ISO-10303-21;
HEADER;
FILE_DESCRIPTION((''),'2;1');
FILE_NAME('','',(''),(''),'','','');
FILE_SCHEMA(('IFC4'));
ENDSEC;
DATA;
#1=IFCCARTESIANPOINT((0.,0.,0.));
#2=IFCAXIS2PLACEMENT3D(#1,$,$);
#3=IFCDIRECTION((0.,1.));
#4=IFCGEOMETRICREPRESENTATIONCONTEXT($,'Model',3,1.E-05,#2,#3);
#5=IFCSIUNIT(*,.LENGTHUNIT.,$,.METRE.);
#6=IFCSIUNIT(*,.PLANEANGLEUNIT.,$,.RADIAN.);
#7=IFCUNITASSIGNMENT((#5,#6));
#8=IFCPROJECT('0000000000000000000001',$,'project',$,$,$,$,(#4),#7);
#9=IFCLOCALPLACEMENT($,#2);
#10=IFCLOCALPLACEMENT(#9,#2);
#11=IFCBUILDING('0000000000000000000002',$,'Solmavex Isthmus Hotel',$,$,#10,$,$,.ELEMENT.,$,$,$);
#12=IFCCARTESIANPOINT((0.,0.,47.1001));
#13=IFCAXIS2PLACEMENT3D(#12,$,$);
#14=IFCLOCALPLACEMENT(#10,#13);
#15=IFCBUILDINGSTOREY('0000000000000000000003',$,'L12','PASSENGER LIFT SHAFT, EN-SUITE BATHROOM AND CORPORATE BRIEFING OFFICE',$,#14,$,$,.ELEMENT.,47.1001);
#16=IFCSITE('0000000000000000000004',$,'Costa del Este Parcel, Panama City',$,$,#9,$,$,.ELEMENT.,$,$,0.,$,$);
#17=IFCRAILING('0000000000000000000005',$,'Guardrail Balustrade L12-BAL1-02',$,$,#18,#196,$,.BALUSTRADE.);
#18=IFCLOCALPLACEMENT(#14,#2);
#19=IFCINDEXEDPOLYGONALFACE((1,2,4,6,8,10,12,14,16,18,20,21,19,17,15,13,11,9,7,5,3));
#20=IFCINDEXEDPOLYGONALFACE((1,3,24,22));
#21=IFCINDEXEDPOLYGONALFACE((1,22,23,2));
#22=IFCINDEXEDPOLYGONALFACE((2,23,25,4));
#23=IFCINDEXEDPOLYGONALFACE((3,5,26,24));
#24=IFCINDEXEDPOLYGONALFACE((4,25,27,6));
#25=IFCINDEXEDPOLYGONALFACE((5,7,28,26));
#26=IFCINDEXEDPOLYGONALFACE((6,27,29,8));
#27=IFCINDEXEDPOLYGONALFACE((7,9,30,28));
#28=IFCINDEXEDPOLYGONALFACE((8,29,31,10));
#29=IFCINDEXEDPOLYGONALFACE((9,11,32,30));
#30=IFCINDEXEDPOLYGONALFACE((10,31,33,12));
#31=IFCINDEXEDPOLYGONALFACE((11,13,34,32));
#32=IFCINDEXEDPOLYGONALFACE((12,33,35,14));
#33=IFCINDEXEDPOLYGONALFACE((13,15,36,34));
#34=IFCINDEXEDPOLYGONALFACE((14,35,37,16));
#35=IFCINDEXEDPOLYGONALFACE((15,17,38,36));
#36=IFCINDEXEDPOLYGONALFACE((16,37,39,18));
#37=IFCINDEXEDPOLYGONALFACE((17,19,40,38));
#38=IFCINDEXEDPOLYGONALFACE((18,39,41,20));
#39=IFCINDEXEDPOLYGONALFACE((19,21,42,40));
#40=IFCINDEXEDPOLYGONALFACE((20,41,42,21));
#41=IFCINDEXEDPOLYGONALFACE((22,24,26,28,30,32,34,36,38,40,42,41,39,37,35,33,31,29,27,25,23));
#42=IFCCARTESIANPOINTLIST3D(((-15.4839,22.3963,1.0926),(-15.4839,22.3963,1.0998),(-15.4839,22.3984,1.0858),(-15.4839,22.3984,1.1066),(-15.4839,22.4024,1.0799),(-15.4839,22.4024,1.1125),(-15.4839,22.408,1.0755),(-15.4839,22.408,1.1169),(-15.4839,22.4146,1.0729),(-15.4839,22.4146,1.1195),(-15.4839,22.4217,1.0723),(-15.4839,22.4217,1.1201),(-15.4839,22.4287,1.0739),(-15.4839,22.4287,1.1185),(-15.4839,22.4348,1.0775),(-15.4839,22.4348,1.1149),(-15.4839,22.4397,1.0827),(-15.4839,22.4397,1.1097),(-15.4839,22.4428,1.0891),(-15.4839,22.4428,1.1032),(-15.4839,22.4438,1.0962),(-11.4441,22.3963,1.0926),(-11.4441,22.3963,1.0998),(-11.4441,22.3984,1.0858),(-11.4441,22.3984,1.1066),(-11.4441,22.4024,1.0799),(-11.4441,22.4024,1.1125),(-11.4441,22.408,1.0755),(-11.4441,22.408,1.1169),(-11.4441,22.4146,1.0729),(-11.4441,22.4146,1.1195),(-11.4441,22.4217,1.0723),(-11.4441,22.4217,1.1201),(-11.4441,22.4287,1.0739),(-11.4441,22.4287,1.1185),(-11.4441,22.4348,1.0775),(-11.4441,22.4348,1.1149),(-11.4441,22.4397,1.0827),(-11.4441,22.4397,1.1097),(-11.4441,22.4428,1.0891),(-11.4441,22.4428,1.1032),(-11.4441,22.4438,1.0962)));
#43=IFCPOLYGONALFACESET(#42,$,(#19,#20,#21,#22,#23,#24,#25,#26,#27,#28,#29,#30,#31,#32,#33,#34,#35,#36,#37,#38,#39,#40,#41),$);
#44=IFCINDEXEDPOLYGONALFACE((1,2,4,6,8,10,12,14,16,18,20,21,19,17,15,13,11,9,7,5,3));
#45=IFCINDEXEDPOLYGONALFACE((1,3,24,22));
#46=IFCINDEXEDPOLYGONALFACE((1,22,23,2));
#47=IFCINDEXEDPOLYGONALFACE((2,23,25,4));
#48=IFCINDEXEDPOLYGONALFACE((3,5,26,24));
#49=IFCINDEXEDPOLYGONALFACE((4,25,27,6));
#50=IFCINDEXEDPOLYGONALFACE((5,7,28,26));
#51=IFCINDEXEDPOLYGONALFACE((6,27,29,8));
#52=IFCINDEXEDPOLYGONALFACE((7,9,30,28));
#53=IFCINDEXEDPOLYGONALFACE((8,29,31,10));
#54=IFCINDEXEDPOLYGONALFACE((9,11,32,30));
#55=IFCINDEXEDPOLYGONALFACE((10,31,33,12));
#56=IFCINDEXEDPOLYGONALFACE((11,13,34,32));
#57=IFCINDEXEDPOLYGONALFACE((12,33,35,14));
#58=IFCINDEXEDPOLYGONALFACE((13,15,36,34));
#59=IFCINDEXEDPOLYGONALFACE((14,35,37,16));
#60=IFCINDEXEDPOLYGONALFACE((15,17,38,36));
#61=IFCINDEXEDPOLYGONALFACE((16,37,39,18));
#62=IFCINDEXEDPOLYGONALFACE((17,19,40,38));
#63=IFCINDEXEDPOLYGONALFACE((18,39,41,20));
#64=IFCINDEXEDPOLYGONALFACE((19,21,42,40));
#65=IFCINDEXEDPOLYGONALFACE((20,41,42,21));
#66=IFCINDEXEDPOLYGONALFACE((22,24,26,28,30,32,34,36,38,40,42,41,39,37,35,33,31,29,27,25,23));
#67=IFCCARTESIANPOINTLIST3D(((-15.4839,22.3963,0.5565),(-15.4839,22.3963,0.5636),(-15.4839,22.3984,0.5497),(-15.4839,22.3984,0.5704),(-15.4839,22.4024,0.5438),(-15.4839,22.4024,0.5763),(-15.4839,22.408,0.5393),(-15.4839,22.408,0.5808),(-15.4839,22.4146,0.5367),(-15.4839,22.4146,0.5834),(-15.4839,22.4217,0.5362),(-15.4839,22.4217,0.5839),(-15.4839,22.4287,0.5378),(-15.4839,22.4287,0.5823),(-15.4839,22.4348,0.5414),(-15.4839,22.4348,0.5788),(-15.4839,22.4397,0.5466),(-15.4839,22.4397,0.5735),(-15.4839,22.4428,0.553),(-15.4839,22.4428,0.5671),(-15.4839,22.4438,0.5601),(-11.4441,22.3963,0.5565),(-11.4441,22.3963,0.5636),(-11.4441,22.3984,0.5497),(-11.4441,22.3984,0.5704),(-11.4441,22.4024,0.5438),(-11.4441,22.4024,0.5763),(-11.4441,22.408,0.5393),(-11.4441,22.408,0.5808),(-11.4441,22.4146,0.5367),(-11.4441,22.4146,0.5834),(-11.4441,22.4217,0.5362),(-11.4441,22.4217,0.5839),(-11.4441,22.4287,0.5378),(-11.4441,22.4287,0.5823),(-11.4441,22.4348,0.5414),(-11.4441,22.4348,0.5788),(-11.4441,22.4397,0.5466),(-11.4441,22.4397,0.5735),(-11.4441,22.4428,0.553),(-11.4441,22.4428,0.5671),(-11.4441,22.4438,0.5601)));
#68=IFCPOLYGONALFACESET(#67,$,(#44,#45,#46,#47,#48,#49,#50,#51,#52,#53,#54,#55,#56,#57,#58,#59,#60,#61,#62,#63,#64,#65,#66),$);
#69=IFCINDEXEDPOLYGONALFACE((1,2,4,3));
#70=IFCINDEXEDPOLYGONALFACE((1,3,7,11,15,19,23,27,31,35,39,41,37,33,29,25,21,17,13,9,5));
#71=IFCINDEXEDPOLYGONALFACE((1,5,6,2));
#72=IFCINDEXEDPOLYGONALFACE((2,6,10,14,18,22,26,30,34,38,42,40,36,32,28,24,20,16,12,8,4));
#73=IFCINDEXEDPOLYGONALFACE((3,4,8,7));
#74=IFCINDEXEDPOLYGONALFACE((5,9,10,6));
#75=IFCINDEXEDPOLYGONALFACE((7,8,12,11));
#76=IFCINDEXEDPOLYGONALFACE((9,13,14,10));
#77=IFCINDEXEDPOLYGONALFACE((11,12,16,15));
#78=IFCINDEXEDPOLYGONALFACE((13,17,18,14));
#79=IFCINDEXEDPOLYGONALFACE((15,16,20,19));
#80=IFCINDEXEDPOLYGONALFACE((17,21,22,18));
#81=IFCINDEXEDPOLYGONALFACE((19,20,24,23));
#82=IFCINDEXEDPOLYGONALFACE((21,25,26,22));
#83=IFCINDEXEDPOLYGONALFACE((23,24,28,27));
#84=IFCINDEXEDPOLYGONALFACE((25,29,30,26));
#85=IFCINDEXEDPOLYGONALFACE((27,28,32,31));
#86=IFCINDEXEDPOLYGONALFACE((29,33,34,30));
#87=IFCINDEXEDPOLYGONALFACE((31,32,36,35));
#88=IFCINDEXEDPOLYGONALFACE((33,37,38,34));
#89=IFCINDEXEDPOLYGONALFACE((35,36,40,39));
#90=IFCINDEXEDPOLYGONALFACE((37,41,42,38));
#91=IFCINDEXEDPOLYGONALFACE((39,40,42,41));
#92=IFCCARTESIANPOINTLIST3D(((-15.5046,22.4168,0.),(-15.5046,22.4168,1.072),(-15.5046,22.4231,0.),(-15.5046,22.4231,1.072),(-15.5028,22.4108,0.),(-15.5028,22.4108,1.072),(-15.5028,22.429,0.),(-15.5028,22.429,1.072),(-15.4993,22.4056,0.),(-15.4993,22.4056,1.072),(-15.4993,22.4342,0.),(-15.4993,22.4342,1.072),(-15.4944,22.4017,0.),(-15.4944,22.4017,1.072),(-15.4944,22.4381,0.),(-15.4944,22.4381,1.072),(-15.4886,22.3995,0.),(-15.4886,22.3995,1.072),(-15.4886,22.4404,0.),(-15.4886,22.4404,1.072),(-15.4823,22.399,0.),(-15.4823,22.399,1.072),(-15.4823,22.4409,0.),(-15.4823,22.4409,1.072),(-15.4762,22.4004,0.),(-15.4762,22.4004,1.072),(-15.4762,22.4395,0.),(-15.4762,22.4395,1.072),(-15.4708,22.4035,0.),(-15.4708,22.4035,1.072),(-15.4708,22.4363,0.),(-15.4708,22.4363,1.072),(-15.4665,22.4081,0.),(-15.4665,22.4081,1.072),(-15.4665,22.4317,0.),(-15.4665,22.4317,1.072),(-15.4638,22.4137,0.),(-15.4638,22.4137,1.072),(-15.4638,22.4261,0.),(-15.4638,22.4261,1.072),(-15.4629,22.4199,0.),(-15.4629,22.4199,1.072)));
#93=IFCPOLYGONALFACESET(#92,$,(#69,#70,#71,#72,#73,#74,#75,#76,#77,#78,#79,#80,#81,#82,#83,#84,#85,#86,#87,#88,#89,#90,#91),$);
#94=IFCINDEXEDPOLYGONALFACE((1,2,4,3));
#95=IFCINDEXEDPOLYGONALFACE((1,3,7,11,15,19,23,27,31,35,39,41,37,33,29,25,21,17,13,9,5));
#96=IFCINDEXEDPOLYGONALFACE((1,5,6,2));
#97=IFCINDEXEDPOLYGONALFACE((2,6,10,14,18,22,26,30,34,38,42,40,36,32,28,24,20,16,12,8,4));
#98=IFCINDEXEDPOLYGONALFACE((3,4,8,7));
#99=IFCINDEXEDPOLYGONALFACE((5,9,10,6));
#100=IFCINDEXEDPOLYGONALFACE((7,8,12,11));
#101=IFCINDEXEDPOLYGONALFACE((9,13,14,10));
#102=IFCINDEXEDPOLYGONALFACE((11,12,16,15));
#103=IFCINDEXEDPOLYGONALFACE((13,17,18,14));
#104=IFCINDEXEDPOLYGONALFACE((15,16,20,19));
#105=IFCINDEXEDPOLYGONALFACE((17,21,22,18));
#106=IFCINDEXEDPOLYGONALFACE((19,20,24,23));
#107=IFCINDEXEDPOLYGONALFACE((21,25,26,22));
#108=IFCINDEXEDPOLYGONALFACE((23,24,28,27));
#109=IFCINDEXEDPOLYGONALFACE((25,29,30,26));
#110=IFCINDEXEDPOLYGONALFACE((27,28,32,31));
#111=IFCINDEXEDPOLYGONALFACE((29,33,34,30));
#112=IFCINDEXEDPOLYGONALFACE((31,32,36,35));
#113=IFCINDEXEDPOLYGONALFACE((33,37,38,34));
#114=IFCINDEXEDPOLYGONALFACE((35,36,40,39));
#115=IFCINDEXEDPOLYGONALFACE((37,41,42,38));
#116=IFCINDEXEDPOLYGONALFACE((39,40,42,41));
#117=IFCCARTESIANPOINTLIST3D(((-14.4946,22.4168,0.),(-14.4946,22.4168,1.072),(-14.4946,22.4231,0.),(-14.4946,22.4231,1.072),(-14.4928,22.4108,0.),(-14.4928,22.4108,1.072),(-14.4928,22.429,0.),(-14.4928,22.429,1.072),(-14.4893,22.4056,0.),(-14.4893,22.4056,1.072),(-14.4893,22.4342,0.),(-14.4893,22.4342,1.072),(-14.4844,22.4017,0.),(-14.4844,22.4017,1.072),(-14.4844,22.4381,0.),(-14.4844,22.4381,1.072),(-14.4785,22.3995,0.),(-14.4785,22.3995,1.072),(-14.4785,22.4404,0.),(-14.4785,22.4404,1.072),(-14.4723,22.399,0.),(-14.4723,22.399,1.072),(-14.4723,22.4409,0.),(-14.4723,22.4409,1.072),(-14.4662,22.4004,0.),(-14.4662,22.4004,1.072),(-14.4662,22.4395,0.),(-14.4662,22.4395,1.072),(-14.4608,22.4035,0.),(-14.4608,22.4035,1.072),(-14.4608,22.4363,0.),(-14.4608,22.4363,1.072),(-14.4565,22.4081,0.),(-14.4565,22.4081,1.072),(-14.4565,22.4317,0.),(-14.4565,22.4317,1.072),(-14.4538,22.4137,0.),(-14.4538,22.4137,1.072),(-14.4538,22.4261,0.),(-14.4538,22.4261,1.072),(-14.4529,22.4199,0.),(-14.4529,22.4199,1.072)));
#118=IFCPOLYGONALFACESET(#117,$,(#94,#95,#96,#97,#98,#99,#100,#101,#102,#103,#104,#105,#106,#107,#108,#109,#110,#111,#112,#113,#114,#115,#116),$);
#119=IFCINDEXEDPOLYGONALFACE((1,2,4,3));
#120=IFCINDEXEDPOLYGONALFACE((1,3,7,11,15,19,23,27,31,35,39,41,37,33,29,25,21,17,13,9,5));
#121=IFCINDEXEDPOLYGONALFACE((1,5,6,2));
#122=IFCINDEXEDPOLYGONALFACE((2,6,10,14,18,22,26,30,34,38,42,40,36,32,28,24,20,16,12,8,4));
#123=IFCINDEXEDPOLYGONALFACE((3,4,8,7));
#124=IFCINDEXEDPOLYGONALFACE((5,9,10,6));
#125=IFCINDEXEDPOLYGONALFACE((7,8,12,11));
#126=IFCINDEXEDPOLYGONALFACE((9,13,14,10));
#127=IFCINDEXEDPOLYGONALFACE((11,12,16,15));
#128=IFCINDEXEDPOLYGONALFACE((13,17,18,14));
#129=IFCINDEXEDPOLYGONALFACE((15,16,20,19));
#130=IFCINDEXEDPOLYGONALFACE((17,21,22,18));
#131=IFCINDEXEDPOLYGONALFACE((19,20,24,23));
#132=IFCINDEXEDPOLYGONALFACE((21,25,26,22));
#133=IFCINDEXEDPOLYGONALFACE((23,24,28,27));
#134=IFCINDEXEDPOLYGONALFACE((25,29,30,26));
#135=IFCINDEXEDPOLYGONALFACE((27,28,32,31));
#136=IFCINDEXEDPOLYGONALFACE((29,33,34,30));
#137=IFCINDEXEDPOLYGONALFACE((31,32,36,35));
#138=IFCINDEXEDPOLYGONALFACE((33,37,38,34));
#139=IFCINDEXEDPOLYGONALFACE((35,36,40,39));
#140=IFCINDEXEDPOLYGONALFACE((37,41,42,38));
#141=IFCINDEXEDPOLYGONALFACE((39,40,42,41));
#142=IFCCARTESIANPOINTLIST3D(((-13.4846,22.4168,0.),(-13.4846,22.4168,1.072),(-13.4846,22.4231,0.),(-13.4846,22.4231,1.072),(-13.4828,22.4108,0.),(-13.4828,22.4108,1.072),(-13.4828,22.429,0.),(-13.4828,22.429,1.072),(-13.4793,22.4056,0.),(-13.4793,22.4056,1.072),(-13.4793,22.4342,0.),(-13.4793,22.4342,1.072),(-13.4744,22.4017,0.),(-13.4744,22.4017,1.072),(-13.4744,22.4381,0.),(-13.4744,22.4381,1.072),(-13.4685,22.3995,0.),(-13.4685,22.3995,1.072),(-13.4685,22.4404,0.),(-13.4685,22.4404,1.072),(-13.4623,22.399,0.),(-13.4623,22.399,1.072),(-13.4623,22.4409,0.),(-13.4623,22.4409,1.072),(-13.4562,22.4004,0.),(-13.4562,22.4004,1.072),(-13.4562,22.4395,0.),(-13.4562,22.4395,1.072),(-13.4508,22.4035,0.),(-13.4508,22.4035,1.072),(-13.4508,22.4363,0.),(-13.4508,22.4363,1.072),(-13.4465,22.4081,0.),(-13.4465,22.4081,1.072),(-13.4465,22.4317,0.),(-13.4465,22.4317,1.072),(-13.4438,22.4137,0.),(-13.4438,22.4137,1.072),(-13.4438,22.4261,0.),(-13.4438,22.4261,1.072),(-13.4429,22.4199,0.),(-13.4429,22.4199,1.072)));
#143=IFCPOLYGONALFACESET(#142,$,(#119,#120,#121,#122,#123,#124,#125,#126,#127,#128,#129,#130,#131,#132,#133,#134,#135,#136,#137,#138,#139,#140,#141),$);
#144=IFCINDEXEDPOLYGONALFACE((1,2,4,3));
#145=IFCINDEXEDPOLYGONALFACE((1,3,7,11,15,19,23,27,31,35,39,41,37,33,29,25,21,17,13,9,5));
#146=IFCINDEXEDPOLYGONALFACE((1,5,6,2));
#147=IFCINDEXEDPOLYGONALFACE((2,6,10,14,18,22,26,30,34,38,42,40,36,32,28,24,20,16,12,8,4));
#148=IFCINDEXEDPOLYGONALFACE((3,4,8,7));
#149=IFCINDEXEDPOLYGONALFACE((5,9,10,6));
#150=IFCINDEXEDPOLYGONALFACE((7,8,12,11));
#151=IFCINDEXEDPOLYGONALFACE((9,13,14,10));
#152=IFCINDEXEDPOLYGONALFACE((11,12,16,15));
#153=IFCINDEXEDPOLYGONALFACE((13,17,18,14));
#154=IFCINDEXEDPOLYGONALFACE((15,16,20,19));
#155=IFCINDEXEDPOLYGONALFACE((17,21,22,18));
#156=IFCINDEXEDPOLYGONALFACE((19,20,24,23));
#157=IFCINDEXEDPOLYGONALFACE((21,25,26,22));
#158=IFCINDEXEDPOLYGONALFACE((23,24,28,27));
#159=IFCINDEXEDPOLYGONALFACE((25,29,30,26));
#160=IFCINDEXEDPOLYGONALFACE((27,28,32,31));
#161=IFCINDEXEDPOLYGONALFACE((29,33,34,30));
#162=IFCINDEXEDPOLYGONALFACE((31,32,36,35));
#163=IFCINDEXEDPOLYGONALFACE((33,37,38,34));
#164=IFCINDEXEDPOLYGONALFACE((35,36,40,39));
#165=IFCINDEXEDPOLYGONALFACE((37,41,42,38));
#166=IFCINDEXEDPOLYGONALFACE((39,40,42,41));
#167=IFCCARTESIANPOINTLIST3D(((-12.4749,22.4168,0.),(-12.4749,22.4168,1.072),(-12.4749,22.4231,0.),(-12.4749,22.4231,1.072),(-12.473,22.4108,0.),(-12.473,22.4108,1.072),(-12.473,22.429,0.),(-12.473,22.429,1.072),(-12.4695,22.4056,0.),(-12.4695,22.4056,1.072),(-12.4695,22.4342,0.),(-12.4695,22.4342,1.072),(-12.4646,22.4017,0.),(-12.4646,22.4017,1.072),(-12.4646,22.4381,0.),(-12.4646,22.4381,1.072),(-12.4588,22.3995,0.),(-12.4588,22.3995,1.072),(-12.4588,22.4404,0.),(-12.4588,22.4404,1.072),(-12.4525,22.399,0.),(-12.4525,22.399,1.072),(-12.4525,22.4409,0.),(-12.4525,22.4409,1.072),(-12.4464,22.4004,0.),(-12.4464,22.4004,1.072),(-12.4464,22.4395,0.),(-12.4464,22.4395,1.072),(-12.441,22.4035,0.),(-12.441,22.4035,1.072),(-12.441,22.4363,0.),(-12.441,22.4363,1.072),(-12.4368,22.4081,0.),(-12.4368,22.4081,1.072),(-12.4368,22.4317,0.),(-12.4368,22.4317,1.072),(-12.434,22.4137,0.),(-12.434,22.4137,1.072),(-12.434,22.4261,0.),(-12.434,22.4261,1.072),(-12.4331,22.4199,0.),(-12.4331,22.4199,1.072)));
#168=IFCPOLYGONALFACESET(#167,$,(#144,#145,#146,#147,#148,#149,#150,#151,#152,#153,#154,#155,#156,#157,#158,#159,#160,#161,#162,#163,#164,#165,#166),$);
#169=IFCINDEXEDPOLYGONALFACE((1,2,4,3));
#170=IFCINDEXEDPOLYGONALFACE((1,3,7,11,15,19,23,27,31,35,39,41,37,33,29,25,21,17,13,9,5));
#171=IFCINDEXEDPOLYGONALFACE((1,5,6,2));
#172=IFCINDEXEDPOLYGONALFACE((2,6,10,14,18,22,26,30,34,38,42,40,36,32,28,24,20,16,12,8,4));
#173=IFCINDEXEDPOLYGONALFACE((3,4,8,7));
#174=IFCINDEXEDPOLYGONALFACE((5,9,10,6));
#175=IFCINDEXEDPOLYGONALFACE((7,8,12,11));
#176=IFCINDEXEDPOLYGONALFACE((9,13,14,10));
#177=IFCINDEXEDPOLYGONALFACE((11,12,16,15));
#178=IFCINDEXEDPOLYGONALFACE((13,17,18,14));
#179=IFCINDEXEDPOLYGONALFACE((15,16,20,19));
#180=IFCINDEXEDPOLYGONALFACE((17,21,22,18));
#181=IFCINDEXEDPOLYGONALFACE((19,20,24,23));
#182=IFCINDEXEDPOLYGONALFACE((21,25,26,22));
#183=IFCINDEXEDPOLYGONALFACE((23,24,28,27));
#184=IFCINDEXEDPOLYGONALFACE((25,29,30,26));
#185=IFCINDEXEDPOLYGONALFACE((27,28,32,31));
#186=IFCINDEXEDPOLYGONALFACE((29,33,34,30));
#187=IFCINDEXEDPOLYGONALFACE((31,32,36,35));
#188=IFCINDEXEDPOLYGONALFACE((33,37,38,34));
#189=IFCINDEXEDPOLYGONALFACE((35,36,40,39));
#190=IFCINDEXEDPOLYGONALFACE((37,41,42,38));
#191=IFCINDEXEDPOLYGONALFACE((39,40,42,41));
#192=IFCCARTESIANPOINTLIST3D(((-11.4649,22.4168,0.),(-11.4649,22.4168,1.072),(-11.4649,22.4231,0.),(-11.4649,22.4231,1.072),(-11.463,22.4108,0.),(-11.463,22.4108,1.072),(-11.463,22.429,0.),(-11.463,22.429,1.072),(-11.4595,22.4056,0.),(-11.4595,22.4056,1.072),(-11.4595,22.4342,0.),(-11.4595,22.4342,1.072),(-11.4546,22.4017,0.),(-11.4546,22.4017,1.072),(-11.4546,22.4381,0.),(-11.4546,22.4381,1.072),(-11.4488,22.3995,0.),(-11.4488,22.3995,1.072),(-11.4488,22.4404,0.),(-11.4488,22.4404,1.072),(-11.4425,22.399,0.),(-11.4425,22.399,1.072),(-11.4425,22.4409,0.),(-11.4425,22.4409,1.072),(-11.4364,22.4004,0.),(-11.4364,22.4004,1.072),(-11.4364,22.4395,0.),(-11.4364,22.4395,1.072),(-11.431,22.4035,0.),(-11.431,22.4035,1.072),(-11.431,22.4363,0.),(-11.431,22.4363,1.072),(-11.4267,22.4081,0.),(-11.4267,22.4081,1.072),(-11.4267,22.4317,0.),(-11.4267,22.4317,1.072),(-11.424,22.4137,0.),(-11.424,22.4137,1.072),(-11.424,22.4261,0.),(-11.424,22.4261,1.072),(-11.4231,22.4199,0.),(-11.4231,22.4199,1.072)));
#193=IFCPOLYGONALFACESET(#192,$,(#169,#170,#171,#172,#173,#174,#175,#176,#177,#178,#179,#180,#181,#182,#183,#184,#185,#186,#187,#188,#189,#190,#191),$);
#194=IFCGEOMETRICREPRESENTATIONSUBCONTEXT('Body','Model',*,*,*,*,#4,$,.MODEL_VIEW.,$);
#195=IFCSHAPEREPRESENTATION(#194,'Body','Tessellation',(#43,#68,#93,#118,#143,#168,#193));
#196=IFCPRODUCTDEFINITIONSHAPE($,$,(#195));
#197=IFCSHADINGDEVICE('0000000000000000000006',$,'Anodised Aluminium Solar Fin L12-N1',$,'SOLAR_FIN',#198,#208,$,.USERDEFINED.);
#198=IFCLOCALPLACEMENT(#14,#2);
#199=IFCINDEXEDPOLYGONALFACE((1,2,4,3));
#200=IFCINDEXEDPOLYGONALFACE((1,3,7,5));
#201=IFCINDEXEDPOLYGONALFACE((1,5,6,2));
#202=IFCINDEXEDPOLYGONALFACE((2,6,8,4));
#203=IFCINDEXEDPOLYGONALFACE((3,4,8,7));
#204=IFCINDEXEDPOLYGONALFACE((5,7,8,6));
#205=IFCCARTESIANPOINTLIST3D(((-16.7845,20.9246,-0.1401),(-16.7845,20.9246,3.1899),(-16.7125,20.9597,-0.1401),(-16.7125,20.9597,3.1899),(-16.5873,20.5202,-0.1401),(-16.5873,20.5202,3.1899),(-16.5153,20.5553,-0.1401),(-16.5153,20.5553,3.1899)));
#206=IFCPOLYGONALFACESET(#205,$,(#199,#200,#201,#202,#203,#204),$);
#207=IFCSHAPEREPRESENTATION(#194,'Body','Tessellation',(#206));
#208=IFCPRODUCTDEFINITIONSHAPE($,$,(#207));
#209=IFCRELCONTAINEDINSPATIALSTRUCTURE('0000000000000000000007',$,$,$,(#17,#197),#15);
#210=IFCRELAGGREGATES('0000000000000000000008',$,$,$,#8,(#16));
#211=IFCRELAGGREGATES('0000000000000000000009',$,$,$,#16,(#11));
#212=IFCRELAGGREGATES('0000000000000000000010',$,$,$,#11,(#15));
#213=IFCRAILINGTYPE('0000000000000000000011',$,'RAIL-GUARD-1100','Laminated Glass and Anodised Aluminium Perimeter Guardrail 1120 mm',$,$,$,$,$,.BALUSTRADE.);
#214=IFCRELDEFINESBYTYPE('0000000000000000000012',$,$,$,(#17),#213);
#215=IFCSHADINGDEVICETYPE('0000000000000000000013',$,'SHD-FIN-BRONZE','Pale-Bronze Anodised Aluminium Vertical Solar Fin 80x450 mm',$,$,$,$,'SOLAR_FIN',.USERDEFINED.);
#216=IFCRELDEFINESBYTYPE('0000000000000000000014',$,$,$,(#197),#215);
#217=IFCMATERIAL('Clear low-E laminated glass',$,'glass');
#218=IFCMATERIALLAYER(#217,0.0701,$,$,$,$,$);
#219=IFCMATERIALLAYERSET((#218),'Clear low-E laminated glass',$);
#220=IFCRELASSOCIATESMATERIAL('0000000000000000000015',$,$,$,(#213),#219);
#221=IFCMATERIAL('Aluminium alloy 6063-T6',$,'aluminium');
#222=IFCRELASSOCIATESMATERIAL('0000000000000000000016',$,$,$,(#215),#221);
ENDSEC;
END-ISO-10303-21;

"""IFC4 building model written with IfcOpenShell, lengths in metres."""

from ifc_helpers import new_model, si_unit, direction, frame, origin, origin_2d, place, context, subcontext, project, spatial, rectangle, circle, extrude, material, layer, layer_set, type_object, element, save


model = new_model("IFC4")

# Units and contexts
model_context = context("Model", 3, precision=1e-05, world=origin(), true_north=direction((0.0, 1.0)))
body_context = subcontext(model_context, "Body", "Model", "MODEL_VIEW")
ifc_project = project(units=[si_unit("LENGTHUNIT", "METRE"), si_unit("PLANEANGLEUNIT", "RADIAN")], contexts=[model_context])

# Site, building, storey
site_placement = place(None, origin())
site = spatial("IfcSite", under=ifc_project, at=site_placement, Name="Costa del Este Parcel, Panama City", CompositionType="ELEMENT", RefElevation=0.0)
building_placement = place(site_placement, origin())
building = spatial("IfcBuilding", under=site, at=building_placement, Name="Solmavex Isthmus Hotel", CompositionType="ELEMENT")
storey_placement = place(building_placement, frame((0.0, 0.0, 47.1001)))
storey = spatial("IfcBuildingStorey", under=building, at=storey_placement, Name="L12", Description="PASSENGER LIFT SHAFT, EN-SUITE BATHROOM AND CORPORATE BRIEFING OFFICE", CompositionType="ELEMENT", Elevation=47.1001)

# Shared definitions
ifc_material_1 = material(Name="Aluminium alloy 6063-T6", Category="aluminium")

# Shared definitions
ifc_material_2 = material(Name="Clear low-E laminated glass", Category="glass")

# Railing
ifc_layer_1 = layer(ifc_material_2, 0.0701)
ifc_layer_set_1 = layer_set([ifc_layer_1], Name="Clear low-E laminated glass")
railing_type = type_object("IfcRailingType", Name="RAIL-GUARD-1100", Description="Laminated Glass and Anodised Aluminium Perimeter Guardrail 1120 mm", PredefinedType="BALUSTRADE", material=ifc_layer_set_1)
railing_1_placement = place(storey_placement, frame((-15.4839, 22.4199, 0.0)))
element("IfcRailing", 1, at=railing_1_placement, inside=storey, type_object=railing_type, Name="Guardrail Balustrade L12-BAL1-02", PredefinedType="BALUSTRADE", context=body_context, shape_type="SweptSolid", body=[
    extrude(circle(Radius=0.0239, at=origin_2d()), frame((0.0, 0.0, 1.0962), z_axis=(1.0, 0.0, 0.0), x_axis=(0.0, 1.0, 0.0)), (0.0, 0.0, 1.0), 4.0398),
    extrude(circle(Radius=0.0239, at=origin_2d()), frame((0.0, 0.0, 0.5601), z_axis=(1.0, 0.0, 0.0), x_axis=(0.0, 1.0, 0.0)), (0.0, 0.0, 1.0), 4.0398),
    extrude(circle(Radius=0.021, at=origin_2d()), origin(), (0.0, 0.0, 1.0), 1.072),
    extrude(circle(Radius=0.021, at=origin_2d()), frame((1.01, 0.0, 0.0)), (0.0, 0.0, 1.0), 1.072),
    extrude(circle(Radius=0.021, at=origin_2d()), frame((2.02, 0.0, 0.0)), (0.0, 0.0, 1.0), 1.072),
    extrude(circle(Radius=0.021, at=origin_2d()), frame((3.0298, 0.0, 0.0)), (0.0, 0.0, 1.0), 1.072),
    extrude(circle(Radius=0.021, at=origin_2d()), frame((4.0398, 0.0, 0.0)), (0.0, 0.0, 1.0), 1.072),
])

# Shading device
shading_device_type = type_object("IfcShadingDeviceType", Name="SHD-FIN-BRONZE", Description="Pale-Bronze Anodised Aluminium Vertical Solar Fin 80x450 mm", ElementType="SOLAR_FIN", PredefinedType="USERDEFINED", material=ifc_material_1)
shading_device_placement = place(storey_placement, frame((-16.6499, 20.74, -0.1401), z_axis=(0.0, 0.0, 1.0), x_axis=(-0.438371, 0.898794, 0.0)))
element("IfcShadingDevice", 2, at=shading_device_placement, inside=storey, type_object=shading_device_type, Name="Anodised Aluminium Solar Fin L12-N1", ObjectType="SOLAR_FIN", PredefinedType="USERDEFINED", context=body_context, shape_type="SweptSolid", body=[
    extrude(rectangle(XDim=0.45, YDim=0.0801, at=origin_2d()), origin(), (0.0, 0.0, 1.0), 3.3301),
])

save(model, "model.ifc")
